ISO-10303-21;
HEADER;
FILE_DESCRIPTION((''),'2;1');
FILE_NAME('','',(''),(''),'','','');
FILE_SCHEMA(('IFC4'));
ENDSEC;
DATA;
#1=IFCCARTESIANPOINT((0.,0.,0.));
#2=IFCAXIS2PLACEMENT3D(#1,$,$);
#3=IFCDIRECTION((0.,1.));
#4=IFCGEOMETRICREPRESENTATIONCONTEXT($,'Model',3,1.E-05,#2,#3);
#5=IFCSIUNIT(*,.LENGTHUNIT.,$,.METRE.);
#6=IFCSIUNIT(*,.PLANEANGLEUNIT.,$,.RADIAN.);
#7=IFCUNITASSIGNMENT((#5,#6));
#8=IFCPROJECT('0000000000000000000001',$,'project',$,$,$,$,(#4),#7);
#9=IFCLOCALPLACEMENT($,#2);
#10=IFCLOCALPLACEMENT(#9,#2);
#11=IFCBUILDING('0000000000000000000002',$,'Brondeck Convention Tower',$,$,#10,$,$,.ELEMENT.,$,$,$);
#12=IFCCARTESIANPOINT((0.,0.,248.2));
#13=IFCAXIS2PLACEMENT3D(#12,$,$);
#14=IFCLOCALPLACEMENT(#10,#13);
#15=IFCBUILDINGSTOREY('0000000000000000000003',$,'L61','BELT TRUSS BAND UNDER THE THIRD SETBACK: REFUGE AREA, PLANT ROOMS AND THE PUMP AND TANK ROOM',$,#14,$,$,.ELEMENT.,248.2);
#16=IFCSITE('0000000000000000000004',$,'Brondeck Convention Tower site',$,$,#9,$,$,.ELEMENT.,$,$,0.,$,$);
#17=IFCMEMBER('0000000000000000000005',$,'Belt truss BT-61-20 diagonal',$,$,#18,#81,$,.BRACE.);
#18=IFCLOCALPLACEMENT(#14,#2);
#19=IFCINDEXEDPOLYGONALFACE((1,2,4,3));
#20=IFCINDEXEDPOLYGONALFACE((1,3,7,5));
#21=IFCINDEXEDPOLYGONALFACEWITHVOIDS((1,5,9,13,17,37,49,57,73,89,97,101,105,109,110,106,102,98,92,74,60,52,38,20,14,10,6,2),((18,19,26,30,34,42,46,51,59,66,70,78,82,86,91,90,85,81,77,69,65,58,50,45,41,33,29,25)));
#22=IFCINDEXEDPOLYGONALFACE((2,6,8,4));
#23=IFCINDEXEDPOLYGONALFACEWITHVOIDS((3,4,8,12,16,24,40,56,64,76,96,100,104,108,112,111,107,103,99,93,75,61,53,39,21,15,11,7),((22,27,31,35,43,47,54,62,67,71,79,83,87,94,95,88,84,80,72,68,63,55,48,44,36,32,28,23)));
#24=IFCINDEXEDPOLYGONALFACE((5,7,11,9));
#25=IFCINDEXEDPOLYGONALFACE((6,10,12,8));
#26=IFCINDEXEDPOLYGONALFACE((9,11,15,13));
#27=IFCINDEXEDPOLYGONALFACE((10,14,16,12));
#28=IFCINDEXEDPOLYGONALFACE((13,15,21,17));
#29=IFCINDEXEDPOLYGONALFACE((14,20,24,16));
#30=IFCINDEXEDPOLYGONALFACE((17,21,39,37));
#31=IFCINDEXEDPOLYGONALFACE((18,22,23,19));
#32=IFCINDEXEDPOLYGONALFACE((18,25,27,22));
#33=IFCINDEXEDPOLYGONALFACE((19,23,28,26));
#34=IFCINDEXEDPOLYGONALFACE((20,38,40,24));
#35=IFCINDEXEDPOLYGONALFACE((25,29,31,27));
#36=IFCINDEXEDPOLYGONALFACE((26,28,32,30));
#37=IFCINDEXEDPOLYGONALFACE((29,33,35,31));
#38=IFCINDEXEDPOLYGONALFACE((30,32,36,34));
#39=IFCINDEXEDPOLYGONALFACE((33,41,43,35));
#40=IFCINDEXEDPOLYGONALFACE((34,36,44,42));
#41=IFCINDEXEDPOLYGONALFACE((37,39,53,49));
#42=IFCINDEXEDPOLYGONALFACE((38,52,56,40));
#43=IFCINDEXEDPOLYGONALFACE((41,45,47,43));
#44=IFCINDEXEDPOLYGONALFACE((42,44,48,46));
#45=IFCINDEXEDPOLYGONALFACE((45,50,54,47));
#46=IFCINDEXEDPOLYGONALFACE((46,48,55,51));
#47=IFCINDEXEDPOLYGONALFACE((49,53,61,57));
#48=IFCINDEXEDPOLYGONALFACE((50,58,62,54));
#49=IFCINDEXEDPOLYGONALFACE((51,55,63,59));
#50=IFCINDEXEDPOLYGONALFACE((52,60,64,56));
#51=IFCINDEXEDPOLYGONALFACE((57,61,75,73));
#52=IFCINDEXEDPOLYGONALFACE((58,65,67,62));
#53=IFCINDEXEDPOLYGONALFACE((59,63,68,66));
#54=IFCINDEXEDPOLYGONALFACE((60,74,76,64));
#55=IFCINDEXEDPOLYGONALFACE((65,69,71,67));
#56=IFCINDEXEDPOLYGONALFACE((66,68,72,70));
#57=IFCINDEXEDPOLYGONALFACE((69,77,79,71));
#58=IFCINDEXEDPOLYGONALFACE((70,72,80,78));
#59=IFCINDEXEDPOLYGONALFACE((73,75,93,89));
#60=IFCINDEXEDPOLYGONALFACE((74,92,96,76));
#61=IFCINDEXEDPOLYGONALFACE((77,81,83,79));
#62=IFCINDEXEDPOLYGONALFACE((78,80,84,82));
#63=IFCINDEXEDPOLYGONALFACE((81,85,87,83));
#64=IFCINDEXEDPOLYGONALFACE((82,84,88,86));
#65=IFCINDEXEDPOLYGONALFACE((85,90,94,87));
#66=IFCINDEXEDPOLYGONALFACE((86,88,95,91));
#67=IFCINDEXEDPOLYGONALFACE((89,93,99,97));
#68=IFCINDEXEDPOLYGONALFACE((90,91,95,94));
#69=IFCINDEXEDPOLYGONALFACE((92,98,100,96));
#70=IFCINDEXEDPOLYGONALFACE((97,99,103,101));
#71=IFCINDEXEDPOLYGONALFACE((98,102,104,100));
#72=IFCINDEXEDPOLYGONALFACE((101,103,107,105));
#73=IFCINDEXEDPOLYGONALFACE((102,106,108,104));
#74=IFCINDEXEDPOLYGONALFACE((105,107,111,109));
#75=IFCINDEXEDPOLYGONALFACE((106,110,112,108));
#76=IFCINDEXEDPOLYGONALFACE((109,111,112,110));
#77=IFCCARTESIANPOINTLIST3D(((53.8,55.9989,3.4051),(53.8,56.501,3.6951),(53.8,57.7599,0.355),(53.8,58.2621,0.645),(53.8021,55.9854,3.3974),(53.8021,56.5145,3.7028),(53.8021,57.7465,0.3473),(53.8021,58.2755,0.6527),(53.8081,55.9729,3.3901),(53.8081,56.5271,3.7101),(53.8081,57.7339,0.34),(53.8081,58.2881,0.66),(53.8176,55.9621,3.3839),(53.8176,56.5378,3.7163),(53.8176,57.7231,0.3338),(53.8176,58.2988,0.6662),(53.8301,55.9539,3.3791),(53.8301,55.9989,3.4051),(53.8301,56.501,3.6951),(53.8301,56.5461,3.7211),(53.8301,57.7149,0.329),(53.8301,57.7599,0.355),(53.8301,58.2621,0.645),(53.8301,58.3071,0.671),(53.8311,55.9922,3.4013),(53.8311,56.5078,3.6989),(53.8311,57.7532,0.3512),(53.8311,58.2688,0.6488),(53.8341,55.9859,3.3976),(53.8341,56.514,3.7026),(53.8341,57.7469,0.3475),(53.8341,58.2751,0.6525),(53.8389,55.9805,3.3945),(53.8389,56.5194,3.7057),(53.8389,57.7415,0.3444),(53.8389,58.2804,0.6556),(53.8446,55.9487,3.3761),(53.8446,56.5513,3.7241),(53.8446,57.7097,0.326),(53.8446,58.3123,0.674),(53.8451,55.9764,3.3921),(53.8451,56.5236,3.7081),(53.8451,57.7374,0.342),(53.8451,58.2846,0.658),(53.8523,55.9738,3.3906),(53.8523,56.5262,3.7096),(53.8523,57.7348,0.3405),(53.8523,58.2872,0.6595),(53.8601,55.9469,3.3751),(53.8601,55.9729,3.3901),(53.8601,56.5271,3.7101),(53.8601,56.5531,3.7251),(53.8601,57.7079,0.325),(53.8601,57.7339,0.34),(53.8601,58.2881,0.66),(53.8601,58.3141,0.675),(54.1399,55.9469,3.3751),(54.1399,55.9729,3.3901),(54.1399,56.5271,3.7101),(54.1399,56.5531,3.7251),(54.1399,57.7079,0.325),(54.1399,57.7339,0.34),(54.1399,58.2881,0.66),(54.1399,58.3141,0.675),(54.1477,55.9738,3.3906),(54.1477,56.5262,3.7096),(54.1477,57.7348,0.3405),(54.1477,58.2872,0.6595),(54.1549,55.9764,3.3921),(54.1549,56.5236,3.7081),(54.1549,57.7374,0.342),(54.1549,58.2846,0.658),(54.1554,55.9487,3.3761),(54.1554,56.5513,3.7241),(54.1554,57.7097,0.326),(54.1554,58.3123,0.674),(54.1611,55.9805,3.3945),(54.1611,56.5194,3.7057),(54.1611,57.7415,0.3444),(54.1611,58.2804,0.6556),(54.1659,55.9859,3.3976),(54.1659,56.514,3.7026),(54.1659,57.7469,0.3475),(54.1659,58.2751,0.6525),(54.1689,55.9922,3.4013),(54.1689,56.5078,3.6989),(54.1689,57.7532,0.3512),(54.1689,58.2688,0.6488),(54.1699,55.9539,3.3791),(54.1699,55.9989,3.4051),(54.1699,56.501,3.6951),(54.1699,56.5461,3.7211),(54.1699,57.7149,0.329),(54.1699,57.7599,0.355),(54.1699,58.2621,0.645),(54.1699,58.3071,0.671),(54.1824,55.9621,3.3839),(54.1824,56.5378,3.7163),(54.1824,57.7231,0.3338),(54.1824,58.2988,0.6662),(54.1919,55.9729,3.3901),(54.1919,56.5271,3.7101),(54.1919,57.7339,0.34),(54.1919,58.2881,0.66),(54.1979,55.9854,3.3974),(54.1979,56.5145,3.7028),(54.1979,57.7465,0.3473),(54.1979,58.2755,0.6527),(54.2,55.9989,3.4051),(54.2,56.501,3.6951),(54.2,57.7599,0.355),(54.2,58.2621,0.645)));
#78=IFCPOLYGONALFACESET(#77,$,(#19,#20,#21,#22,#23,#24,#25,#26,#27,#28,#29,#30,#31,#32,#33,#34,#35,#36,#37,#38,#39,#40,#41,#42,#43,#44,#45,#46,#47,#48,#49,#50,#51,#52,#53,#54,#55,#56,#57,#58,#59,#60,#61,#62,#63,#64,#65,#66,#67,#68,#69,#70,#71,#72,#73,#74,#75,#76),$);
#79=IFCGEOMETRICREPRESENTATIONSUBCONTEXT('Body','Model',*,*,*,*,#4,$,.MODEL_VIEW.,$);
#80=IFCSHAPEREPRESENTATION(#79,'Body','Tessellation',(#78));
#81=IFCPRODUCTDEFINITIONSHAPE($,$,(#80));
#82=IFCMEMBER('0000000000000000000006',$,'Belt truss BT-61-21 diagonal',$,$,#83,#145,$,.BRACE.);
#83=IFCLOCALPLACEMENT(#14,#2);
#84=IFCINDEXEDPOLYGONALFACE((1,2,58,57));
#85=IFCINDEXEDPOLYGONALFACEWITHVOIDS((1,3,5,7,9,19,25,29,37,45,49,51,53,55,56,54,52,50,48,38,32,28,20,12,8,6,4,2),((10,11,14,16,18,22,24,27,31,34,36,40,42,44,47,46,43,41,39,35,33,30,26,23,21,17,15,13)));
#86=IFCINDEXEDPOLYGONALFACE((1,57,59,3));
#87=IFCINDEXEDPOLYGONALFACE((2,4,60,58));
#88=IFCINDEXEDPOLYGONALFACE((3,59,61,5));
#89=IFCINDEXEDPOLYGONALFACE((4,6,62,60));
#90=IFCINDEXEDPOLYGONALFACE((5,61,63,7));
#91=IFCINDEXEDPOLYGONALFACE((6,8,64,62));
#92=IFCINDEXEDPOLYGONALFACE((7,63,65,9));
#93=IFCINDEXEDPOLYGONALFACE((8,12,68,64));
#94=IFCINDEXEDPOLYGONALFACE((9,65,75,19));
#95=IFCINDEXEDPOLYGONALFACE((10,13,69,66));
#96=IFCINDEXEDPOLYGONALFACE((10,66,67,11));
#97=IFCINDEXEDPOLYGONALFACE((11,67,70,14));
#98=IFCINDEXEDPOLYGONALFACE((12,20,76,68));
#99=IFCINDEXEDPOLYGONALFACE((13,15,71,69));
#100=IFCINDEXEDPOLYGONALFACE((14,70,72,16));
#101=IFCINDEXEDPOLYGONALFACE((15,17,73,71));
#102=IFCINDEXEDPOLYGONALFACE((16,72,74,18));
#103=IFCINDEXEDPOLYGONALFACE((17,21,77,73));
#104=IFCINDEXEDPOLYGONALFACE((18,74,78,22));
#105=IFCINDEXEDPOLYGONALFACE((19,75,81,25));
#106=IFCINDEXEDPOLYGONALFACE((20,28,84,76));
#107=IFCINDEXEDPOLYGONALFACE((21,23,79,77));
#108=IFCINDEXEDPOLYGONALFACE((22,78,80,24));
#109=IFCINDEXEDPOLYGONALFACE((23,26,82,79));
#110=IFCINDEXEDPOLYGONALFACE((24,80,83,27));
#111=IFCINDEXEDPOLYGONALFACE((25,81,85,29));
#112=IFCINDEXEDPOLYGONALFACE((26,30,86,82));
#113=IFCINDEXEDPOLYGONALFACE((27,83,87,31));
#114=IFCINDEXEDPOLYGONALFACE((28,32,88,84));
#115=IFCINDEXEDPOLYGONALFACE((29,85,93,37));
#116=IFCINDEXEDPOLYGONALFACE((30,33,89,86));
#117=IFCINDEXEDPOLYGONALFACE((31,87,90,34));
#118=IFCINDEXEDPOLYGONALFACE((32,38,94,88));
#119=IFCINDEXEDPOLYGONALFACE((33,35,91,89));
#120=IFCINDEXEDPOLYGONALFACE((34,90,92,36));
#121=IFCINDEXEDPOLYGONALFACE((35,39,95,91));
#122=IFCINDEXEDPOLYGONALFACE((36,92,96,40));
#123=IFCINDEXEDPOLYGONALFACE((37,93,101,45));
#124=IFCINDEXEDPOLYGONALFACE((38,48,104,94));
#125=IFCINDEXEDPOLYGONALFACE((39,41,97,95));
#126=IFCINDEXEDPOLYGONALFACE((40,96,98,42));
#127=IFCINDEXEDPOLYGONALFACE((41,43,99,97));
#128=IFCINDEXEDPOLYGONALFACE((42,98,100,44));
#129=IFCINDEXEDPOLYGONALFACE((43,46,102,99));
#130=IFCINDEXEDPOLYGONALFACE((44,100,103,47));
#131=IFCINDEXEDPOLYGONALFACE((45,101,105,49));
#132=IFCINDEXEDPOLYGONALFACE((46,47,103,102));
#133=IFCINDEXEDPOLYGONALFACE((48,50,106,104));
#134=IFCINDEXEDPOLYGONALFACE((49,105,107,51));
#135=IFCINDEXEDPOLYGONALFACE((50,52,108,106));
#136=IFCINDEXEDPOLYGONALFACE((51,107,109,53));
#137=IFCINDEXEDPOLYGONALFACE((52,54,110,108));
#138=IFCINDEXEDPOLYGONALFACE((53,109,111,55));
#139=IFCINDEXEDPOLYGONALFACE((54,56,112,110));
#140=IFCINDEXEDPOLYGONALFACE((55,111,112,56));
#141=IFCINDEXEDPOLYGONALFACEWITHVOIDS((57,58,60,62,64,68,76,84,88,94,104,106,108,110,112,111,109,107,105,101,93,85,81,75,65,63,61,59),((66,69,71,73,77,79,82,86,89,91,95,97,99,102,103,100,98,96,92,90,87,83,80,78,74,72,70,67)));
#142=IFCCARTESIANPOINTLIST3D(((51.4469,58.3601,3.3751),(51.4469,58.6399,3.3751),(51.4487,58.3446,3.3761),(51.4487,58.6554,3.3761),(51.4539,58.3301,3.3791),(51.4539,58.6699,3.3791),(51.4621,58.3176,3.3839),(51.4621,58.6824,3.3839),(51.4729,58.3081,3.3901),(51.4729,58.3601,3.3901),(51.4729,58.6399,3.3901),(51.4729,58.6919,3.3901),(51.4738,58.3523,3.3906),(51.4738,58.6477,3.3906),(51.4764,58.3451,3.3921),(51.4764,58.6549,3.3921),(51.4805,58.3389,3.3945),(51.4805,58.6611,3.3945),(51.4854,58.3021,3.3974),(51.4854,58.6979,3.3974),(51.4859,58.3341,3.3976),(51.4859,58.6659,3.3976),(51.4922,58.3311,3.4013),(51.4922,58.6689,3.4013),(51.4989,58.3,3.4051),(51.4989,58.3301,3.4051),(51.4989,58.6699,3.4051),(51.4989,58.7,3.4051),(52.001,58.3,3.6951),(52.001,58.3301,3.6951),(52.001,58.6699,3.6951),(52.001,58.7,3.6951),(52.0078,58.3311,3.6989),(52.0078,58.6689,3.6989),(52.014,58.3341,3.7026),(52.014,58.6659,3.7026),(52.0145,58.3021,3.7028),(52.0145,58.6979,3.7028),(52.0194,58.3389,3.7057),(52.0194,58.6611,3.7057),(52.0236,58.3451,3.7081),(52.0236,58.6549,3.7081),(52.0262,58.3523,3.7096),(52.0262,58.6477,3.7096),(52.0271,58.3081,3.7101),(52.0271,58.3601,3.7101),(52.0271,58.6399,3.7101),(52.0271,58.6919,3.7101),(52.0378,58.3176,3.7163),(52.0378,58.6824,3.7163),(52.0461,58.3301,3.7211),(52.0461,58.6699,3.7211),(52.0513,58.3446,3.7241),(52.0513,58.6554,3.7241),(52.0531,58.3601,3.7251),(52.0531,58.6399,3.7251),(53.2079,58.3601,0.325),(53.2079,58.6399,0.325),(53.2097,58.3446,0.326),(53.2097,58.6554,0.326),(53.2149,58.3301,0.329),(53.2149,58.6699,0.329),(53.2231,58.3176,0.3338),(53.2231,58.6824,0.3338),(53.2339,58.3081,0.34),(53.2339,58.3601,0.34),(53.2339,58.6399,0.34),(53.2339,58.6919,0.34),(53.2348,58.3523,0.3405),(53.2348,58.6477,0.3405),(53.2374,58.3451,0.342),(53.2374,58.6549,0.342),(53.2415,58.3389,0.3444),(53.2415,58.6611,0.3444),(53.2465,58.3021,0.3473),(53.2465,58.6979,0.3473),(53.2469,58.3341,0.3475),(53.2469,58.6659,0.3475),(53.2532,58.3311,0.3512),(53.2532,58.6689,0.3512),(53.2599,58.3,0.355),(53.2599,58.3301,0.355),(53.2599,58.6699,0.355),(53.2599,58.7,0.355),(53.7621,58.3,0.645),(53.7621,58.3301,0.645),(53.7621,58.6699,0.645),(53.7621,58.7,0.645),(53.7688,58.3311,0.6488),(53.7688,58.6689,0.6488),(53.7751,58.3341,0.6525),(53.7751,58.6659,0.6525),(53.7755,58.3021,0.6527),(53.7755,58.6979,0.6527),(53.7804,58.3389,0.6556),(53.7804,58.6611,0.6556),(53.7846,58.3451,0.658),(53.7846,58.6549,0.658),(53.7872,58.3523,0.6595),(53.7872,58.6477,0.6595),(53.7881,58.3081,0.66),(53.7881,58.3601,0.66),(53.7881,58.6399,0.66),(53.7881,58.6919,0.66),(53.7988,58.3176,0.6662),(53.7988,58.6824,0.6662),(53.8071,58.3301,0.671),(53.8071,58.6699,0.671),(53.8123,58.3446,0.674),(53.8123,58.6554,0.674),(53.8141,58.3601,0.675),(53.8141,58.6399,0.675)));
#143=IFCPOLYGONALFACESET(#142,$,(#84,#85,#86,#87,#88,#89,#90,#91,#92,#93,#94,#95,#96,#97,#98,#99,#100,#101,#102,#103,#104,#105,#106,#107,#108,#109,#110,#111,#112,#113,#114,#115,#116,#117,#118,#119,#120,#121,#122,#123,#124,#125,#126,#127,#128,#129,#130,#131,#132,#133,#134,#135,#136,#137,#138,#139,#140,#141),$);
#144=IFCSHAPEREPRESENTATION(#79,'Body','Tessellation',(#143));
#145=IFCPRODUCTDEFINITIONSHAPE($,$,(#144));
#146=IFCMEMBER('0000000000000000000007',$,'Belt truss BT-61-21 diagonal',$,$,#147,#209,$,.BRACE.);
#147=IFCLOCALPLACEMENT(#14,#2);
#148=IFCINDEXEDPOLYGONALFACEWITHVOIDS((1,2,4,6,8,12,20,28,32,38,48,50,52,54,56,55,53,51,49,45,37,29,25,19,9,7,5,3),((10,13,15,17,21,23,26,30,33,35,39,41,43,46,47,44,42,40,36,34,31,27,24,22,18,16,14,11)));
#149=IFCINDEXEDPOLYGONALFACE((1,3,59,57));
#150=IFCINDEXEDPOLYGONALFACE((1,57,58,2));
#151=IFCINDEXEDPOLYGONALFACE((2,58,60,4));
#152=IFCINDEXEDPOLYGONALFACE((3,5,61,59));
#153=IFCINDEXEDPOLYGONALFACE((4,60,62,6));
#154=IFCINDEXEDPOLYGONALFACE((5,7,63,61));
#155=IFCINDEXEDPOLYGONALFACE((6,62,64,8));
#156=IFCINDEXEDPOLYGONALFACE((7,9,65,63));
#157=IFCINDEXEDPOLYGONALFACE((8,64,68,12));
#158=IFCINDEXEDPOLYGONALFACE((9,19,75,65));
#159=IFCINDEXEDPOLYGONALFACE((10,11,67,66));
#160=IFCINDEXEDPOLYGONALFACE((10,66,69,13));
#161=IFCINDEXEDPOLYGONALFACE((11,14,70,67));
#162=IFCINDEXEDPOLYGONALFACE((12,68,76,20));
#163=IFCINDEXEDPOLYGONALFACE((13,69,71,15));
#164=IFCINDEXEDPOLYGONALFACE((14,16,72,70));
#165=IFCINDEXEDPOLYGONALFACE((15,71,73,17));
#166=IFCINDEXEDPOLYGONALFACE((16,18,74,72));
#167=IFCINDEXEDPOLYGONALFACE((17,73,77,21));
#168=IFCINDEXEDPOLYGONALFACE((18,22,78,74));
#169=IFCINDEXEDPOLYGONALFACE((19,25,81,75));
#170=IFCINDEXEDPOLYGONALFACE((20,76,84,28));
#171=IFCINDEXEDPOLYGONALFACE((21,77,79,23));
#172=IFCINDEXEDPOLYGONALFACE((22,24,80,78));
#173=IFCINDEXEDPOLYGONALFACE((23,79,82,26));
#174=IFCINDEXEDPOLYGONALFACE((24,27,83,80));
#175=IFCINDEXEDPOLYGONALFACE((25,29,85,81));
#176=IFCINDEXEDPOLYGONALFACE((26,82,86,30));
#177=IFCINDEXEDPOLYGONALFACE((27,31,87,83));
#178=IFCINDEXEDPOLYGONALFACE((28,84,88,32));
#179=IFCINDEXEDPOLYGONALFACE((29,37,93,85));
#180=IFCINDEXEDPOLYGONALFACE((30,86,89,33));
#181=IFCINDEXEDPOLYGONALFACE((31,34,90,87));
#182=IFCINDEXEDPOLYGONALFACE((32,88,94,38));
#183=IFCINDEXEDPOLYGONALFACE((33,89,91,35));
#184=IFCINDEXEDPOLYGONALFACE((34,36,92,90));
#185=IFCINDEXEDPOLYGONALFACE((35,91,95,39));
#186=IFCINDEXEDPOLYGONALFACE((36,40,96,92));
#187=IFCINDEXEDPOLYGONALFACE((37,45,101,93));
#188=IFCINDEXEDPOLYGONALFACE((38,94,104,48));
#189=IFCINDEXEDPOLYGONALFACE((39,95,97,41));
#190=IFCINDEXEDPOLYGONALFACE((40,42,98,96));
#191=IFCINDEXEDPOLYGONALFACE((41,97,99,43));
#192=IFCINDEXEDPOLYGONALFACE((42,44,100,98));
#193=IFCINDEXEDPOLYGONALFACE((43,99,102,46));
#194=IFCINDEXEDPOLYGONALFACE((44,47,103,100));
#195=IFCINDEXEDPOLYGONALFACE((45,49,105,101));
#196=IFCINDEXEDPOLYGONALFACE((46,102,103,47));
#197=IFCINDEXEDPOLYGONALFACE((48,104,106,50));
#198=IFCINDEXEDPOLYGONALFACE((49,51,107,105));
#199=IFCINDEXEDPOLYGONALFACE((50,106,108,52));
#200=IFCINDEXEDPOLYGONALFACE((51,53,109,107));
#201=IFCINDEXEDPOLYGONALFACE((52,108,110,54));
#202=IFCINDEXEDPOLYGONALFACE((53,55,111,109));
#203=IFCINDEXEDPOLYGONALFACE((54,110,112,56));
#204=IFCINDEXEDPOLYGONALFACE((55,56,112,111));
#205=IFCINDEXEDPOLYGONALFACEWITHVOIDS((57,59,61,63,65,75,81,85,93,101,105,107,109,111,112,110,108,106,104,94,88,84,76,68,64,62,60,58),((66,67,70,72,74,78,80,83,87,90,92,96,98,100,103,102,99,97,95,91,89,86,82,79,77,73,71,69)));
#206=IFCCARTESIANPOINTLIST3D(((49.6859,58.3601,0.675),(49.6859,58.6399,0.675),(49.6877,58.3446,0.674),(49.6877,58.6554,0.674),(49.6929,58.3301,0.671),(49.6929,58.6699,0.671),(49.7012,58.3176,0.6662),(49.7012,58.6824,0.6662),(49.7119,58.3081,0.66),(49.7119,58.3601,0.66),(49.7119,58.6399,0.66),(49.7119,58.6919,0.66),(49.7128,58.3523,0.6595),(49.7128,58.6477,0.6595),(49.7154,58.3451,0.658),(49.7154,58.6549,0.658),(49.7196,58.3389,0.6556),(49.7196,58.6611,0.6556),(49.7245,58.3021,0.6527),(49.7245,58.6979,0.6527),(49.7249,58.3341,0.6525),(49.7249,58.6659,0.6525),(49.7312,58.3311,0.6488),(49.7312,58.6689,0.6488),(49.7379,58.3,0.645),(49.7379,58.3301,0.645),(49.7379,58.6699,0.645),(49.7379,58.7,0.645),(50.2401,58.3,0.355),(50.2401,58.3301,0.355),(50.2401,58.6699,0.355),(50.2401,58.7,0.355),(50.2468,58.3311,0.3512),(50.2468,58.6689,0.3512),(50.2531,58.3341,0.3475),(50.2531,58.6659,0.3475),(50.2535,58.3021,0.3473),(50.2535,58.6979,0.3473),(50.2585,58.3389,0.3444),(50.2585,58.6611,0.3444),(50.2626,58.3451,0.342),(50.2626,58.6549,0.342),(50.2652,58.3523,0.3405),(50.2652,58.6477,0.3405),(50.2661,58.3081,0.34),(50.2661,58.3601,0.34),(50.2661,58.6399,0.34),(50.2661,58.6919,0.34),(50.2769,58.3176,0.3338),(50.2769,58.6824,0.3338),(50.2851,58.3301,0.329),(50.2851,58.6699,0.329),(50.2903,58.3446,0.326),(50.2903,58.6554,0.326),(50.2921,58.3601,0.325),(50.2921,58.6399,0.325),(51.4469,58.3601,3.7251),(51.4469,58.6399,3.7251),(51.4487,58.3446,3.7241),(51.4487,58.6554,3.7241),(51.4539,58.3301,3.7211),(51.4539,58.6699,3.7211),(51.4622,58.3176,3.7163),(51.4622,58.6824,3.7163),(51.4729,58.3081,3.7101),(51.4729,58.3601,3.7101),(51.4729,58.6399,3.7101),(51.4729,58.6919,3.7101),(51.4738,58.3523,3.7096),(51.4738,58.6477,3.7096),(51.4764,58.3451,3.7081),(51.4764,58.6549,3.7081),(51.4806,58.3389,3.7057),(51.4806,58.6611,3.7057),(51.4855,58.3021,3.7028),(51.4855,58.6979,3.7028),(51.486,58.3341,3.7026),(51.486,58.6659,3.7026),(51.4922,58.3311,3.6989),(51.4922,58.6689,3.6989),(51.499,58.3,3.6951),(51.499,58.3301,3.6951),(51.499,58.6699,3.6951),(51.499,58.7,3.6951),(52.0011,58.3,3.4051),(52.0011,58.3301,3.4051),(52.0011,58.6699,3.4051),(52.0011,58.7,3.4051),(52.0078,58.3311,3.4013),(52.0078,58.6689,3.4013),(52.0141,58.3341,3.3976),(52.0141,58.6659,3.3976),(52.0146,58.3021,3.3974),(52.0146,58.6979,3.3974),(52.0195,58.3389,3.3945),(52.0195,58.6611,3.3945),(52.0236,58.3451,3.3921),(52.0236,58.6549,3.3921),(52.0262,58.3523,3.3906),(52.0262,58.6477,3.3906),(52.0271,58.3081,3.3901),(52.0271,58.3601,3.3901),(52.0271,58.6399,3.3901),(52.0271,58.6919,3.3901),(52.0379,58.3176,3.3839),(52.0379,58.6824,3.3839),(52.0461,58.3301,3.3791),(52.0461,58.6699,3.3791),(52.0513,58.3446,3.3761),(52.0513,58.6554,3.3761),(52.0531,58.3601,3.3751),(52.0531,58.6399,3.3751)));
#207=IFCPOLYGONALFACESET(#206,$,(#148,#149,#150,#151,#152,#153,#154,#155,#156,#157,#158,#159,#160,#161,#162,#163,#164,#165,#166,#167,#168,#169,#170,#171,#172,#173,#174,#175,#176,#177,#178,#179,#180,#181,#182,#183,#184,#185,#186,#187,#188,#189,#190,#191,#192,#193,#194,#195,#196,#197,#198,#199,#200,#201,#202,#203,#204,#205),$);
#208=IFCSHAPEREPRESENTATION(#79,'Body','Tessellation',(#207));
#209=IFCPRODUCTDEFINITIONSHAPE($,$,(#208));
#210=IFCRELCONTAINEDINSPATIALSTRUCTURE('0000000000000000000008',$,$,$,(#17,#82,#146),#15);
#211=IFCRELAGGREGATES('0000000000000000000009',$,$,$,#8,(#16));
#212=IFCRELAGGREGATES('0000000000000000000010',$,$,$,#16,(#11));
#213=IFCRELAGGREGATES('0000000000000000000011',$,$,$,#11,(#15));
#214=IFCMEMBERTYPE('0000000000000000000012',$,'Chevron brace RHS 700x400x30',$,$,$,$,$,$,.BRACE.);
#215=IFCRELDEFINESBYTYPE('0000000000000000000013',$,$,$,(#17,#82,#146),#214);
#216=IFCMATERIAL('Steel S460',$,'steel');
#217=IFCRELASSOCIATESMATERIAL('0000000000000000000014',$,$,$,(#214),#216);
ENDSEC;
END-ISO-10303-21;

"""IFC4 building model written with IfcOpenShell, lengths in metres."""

from ifc_helpers import new_model, si_unit, direction, frame, origin, origin_2d, place, context, subcontext, project, spatial, hollow_rectangle, extrude, material, material_profile, profile_set, type_object, element, save


model = new_model("IFC4")

# Units and contexts
model_context = context("Model", 3, precision=1e-05, world=origin(), true_north=direction((0.0, 1.0)))
body_context = subcontext(model_context, "Body", "Model", "MODEL_VIEW")
ifc_project = project(units=[si_unit("LENGTHUNIT", "METRE"), si_unit("PLANEANGLEUNIT", "RADIAN")], contexts=[model_context])

# Site, building, storey
site_placement = place(None, origin())
site = spatial("IfcSite", under=ifc_project, at=site_placement, Name="Brondeck Convention Tower site", CompositionType="ELEMENT", RefElevation=0.0)
building_placement = place(site_placement, origin())
building = spatial("IfcBuilding", under=site, at=building_placement, Name="Brondeck Convention Tower", CompositionType="ELEMENT")
storey_placement = place(building_placement, frame((0.0, 0.0, 248.2)))
storey = spatial("IfcBuildingStorey", under=building, at=storey_placement, Name="L61", Description="BELT TRUSS BAND UNDER THE THIRD SETBACK: REFUGE AREA, PLANT ROOMS AND THE PUMP AND TANK ROOM", CompositionType="ELEMENT", Elevation=248.2)

# Members
ifc_material_1 = material(Name="Steel S460", Category="steel")
ifc_material_profile_1 = material_profile(ifc_material_1, hollow_rectangle(XDim=0.3999, YDim=0.7, WallThickness=0.03, InnerFilletRadius=0.03, OuterFilletRadius=0.0601, at=origin_2d()), Name="RHS 700x400x30")
ifc_profile_set_1 = profile_set([ifc_material_profile_1], Name="Steel S460")
member_type_1 = type_object("IfcMemberType", Name="Chevron brace RHS 700x400x30", PredefinedType="BRACE", material=ifc_profile_set_1)
for number, where, z_axis, x_axis, name in (
    (1, (54.0, 58.011, 0.5), (0.0, -0.500008, 0.866021), (1.0, 0.0, 0.0), "Belt truss BT-61-20 diagonal"),
    (2, (53.511, 58.5, 0.5), (-0.500008, 0.0, 0.866021), (0.0, -1.0, 0.0), "Belt truss BT-61-21 diagonal"),
    (3, (49.989, 58.5, 0.5), (0.500008, 0.0, 0.866021), (0.0, 1.0, 0.0), "Belt truss BT-61-21 diagonal"),
):
    element("IfcMember", number, at=place(storey_placement, frame(where, z_axis=z_axis, x_axis=x_axis)), inside=storey, type_object=member_type_1, Name=name, PredefinedType="BRACE", context=body_context, shape_type="SweptSolid", body=[
        extrude(hollow_rectangle(XDim=0.3999, YDim=0.7, WallThickness=0.03, InnerFilletRadius=0.03, OuterFilletRadius=0.0601, at=origin_2d()), origin(), (0.0, 0.0, 1.0), 3.522),
    ])

save(model, "model.ifc")
